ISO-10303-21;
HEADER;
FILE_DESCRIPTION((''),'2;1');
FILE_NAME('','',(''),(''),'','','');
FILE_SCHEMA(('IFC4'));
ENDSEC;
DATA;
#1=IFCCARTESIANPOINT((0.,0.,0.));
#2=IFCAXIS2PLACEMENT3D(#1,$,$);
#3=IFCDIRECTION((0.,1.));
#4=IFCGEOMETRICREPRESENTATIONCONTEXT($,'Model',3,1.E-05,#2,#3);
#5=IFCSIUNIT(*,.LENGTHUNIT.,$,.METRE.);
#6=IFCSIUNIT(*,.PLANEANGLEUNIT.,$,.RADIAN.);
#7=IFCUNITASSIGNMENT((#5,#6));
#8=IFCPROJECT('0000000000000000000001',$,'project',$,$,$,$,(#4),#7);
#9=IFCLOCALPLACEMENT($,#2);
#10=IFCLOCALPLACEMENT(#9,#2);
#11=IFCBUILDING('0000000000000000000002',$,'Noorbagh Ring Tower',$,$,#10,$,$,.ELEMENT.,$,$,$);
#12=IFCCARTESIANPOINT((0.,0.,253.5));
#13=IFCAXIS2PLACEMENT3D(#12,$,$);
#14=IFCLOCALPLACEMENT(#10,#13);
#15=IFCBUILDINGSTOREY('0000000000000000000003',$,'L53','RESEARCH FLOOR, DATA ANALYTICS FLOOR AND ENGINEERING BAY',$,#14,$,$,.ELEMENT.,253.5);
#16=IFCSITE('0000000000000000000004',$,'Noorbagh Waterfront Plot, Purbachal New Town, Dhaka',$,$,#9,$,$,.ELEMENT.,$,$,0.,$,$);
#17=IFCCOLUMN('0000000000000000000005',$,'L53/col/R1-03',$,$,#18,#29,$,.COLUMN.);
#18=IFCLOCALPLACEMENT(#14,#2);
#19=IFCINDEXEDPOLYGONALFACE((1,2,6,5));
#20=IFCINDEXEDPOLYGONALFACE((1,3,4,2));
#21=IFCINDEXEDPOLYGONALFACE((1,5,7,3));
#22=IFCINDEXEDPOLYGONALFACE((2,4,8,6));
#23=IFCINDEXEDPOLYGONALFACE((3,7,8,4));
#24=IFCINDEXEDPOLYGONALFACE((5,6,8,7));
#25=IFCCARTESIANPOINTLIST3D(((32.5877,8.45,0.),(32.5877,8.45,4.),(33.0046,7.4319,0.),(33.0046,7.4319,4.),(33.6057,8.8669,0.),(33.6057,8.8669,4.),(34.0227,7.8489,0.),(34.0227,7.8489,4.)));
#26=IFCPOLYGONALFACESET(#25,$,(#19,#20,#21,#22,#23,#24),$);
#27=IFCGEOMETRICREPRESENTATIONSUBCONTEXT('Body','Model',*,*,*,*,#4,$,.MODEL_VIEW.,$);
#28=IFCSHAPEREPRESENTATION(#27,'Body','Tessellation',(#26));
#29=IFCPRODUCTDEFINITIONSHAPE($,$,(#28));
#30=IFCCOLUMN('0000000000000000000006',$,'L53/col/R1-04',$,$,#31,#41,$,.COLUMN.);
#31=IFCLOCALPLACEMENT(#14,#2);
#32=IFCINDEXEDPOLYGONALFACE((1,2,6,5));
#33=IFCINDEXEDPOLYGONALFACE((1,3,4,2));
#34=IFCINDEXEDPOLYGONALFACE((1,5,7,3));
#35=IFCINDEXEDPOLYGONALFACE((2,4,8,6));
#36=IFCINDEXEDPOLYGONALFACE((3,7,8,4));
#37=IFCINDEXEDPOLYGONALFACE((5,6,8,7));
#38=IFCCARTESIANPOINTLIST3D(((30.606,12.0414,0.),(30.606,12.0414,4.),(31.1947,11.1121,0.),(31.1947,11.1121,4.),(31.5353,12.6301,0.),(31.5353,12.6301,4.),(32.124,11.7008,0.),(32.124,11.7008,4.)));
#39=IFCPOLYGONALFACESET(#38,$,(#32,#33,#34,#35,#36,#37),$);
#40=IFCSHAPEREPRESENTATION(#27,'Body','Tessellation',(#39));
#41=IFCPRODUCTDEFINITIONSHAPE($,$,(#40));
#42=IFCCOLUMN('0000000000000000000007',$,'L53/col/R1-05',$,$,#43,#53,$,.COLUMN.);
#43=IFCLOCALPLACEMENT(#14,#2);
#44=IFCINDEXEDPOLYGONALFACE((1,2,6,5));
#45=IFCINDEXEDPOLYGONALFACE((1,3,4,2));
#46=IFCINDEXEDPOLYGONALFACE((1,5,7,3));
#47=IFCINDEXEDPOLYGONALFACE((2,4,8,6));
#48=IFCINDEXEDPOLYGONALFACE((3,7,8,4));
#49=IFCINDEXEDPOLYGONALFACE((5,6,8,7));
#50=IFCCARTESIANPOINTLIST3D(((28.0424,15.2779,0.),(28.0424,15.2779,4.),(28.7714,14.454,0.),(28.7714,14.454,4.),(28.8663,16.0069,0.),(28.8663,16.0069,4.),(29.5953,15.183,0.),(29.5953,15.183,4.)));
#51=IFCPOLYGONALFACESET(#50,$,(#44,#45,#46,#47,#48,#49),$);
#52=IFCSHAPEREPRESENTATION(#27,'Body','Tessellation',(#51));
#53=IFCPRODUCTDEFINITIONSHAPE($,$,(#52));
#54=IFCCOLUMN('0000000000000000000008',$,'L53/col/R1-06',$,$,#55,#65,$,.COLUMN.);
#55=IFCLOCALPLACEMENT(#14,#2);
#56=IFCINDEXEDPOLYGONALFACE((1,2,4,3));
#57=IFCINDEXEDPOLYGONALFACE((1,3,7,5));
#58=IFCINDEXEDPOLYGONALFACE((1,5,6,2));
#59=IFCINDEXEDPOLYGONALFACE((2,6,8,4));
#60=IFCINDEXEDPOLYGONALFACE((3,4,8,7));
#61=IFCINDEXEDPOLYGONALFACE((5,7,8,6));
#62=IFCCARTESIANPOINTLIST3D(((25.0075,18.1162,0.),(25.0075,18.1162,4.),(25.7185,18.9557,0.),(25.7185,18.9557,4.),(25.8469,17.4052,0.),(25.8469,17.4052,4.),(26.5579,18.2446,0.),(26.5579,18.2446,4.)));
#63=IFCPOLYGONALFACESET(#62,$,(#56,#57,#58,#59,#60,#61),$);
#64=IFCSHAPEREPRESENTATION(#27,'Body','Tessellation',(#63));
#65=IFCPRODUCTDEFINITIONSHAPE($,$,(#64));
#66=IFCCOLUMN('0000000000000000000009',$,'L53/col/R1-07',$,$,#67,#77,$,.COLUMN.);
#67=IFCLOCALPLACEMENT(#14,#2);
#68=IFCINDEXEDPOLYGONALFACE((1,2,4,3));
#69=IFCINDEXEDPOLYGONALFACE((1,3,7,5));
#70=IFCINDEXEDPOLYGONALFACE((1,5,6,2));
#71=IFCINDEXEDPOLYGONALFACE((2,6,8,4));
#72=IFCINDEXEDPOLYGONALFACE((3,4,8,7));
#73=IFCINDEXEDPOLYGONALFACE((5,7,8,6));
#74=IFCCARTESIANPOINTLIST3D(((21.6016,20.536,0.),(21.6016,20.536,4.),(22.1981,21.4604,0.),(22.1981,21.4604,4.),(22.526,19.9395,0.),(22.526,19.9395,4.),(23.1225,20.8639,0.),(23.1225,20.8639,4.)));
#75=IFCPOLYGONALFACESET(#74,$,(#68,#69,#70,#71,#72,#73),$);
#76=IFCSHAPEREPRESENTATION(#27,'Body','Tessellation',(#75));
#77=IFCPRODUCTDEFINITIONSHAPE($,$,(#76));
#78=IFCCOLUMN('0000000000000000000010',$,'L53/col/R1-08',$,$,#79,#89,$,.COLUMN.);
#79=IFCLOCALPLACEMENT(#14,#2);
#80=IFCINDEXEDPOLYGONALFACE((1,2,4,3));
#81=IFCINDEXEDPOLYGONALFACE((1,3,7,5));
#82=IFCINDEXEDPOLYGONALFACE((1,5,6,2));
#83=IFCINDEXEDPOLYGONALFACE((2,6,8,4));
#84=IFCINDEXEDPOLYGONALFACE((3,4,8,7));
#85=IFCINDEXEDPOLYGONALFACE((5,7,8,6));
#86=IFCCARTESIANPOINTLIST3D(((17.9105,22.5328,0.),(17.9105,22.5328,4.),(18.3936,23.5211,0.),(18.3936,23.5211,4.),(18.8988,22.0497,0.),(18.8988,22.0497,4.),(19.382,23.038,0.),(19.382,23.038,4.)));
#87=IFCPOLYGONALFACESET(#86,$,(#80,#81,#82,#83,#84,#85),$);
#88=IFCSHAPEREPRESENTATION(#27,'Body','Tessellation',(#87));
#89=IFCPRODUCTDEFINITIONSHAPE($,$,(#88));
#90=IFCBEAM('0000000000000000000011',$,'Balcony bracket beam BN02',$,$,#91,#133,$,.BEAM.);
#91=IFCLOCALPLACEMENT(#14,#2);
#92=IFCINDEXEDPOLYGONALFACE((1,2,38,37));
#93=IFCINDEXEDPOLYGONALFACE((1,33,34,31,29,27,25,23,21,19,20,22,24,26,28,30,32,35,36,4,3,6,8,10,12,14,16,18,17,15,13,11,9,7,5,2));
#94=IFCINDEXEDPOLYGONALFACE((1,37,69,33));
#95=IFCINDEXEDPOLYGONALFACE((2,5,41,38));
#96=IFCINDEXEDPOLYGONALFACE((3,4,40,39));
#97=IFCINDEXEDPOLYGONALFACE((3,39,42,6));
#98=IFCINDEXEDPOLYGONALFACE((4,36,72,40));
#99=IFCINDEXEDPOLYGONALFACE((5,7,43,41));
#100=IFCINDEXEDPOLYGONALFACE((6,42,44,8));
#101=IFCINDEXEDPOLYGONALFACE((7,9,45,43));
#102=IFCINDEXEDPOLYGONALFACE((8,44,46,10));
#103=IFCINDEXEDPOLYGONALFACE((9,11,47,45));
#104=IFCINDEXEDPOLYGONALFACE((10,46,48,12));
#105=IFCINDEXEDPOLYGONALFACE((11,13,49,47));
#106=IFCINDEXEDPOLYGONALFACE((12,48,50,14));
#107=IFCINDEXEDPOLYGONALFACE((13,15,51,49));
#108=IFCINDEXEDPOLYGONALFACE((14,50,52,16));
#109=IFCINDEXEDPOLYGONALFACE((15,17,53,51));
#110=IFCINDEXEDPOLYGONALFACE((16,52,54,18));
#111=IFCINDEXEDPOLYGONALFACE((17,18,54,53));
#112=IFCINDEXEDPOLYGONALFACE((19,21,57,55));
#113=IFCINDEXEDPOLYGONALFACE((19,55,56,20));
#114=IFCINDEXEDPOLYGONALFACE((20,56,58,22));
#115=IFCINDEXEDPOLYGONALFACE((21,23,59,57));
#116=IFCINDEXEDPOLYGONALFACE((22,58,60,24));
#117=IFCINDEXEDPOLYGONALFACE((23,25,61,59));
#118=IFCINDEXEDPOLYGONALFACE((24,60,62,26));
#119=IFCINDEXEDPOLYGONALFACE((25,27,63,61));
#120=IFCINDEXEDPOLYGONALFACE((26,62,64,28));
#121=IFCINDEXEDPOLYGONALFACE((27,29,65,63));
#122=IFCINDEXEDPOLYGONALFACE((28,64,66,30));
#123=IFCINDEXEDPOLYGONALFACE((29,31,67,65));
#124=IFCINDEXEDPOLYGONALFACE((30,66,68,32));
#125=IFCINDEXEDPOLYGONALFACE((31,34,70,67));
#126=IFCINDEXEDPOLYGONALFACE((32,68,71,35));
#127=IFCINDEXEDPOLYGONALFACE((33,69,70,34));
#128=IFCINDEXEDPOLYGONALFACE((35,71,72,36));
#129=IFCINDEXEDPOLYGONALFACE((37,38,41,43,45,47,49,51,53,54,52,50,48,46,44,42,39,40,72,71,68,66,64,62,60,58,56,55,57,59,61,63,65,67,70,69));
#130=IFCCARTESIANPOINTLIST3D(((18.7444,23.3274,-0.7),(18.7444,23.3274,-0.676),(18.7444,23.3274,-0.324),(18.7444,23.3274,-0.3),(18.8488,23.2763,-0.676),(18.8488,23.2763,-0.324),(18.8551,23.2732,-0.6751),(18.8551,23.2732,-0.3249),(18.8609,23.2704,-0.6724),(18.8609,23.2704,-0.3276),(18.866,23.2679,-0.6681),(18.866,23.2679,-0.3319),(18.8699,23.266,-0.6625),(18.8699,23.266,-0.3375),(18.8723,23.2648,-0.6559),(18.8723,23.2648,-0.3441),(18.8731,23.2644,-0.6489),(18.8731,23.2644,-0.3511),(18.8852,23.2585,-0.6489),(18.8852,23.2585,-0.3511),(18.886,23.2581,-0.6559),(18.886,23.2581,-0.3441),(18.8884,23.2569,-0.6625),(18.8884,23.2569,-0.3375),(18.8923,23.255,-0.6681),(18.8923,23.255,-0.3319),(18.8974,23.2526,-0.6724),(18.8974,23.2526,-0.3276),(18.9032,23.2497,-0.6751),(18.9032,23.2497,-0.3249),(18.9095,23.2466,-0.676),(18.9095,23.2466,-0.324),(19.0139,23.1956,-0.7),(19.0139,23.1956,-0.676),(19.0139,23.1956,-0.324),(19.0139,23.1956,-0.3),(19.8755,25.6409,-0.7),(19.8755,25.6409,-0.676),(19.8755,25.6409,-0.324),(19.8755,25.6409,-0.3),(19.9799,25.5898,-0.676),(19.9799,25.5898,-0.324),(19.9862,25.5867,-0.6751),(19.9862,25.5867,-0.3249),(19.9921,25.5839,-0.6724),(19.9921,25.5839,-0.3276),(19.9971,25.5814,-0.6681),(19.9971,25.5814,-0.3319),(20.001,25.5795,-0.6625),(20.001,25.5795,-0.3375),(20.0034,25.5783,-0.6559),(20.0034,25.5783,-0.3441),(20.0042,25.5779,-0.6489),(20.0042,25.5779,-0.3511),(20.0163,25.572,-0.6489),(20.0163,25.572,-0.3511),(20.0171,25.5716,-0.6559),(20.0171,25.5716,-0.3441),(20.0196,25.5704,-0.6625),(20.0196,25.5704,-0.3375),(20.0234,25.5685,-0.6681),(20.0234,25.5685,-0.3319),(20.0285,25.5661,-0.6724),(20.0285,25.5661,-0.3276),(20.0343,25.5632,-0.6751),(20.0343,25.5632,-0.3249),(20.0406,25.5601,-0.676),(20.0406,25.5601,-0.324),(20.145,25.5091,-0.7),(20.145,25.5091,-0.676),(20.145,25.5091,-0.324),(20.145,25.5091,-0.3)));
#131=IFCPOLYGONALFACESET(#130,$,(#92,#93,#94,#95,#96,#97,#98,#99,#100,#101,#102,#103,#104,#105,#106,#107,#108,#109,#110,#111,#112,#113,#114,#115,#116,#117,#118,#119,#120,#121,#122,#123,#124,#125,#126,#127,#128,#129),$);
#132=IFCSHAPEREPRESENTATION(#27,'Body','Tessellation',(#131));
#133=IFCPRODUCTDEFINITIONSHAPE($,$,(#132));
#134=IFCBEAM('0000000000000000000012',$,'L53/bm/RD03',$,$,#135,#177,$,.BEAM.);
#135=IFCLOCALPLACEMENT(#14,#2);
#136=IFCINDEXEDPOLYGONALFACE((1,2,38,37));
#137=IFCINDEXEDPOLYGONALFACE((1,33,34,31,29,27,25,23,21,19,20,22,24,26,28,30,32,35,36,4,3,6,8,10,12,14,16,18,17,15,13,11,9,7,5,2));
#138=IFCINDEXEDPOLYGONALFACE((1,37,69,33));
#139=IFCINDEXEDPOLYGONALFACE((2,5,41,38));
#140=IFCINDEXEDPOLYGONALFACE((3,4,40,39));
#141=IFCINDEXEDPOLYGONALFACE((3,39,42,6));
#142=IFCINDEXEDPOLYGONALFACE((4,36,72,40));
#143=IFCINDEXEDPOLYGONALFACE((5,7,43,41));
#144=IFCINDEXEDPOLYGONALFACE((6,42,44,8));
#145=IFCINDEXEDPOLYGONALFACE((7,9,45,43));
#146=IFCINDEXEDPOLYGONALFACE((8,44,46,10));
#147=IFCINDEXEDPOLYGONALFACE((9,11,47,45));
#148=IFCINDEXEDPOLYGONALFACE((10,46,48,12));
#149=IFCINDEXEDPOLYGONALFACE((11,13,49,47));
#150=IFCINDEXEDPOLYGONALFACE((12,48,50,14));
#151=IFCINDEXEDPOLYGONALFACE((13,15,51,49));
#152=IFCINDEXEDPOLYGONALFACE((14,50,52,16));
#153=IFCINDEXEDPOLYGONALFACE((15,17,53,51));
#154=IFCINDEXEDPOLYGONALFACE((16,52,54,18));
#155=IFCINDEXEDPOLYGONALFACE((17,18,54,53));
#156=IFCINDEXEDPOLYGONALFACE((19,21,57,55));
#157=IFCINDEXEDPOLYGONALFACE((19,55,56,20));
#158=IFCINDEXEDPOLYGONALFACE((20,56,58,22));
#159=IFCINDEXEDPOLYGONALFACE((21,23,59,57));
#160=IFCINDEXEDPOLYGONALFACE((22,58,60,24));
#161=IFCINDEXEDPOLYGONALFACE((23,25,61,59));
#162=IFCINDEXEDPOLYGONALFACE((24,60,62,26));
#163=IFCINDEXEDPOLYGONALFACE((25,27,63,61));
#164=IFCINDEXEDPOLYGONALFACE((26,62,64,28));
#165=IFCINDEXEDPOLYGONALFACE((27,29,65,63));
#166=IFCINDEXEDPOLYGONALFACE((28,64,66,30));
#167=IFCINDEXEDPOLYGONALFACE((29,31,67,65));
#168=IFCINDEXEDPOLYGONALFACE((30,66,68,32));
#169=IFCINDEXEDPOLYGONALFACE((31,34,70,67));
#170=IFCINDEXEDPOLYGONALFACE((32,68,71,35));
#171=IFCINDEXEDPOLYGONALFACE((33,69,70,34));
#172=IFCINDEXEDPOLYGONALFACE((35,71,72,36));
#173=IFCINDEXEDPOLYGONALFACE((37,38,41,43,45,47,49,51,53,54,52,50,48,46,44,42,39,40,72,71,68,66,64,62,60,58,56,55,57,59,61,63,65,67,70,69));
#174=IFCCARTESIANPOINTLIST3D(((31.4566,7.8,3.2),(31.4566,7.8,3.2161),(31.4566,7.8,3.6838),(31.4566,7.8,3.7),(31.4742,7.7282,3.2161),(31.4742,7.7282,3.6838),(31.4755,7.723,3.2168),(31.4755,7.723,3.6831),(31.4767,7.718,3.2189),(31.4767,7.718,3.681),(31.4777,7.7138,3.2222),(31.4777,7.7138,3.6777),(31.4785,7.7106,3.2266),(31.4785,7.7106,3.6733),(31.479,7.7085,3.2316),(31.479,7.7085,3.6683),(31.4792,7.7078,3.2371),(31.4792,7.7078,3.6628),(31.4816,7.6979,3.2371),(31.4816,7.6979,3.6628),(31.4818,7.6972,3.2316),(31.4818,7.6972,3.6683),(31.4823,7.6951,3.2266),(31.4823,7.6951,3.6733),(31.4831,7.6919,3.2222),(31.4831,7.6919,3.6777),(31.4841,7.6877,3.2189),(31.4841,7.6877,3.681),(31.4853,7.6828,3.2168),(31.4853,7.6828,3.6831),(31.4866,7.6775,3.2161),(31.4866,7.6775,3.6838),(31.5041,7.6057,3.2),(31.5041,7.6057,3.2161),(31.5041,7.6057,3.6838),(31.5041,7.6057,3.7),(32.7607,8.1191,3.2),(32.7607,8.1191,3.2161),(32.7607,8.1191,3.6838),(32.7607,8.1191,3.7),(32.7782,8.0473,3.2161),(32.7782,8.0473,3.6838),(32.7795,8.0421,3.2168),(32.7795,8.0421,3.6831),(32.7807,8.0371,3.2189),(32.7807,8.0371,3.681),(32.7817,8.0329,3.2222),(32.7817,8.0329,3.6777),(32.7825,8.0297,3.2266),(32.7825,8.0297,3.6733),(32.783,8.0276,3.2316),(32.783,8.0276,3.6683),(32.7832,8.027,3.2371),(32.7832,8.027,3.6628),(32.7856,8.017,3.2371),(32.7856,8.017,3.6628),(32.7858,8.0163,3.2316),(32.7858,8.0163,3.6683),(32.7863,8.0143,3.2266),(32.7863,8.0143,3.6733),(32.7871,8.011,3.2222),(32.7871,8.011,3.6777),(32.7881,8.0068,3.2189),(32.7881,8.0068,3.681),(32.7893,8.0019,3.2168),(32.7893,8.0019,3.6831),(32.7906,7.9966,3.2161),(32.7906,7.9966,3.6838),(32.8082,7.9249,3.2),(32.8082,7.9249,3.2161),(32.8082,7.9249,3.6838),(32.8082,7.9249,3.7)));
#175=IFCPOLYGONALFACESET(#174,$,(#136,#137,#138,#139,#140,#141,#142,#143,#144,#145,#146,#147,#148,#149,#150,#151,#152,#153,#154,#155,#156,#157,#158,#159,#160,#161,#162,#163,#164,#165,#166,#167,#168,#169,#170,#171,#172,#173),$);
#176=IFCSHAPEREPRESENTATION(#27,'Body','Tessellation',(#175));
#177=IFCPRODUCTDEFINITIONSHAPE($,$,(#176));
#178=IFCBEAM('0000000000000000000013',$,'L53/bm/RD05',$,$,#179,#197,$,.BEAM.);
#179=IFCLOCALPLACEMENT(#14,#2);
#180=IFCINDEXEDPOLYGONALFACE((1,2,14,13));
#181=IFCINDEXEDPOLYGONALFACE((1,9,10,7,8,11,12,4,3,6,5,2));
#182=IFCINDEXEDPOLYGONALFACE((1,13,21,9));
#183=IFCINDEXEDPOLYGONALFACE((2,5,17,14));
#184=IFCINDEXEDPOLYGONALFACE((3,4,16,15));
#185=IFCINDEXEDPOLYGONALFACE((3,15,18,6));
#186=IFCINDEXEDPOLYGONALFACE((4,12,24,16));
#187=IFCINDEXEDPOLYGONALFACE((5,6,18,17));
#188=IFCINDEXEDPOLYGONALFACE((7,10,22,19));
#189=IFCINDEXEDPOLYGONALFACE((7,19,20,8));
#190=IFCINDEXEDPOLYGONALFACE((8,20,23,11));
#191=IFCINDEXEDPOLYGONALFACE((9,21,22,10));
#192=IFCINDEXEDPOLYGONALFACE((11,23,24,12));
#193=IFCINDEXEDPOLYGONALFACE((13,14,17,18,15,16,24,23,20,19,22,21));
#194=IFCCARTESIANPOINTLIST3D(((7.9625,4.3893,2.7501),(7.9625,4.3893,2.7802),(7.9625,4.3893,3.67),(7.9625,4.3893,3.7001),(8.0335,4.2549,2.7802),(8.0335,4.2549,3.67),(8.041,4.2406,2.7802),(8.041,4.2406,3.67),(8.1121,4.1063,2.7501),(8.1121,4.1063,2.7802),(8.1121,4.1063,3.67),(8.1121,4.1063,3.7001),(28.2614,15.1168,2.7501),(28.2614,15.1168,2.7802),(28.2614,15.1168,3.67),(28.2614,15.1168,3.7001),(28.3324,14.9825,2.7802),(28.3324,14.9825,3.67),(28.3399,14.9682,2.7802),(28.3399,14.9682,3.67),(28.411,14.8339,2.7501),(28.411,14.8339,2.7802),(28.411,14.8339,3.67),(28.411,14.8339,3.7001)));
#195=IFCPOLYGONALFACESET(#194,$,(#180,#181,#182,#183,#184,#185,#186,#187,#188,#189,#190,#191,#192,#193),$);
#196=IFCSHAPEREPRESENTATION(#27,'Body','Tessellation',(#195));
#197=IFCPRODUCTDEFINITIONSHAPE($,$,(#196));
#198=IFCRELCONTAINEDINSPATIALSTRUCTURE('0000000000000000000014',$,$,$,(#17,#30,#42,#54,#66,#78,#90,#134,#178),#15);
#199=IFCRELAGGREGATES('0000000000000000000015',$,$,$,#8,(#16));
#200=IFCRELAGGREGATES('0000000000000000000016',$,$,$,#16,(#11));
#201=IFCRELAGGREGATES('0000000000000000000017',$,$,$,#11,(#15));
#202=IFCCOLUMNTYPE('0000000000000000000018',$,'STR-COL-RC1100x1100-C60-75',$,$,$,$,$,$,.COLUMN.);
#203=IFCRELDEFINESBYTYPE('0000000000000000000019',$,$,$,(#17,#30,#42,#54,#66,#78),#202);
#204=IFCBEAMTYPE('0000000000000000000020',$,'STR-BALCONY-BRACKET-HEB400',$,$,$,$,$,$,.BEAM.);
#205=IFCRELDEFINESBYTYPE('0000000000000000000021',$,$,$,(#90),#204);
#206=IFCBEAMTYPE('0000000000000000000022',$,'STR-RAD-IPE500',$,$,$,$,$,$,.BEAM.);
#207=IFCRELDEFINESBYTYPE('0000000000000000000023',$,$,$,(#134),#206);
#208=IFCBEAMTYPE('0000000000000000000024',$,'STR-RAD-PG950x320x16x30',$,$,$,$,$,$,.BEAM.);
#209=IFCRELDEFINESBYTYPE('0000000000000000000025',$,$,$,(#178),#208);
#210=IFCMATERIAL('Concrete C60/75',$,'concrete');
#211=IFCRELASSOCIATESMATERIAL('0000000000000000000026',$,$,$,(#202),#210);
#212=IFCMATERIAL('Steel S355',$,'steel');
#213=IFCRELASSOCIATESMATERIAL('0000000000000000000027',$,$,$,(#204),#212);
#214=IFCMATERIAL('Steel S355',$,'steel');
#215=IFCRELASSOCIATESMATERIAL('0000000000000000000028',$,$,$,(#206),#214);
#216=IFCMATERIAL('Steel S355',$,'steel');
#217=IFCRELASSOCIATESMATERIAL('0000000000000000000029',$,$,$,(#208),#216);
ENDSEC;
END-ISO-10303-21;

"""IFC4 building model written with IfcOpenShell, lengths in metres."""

from ifc_helpers import new_model, si_unit, direction, frame, origin, origin_2d, place, context, subcontext, project, spatial, rectangle, i_section, extrude, material, material_profile, profile_set, type_object, element, save


model = new_model("IFC4")

# Units and contexts
model_context = context("Model", 3, precision=1e-05, world=origin(), true_north=direction((0.0, 1.0)))
body_context = subcontext(model_context, "Body", "Model", "MODEL_VIEW")
ifc_project = project(units=[si_unit("LENGTHUNIT", "METRE"), si_unit("PLANEANGLEUNIT", "RADIAN")], contexts=[model_context])

# Site, building, storey
site_placement = place(None, origin())
site = spatial("IfcSite", under=ifc_project, at=site_placement, Name="Noorbagh Waterfront Plot, Purbachal New Town, Dhaka", CompositionType="ELEMENT", RefElevation=0.0)
building_placement = place(site_placement, origin())
building = spatial("IfcBuilding", under=site, at=building_placement, Name="Noorbagh Ring Tower", CompositionType="ELEMENT")
storey_placement = place(building_placement, frame((0.0, 0.0, 253.5)))
storey = spatial("IfcBuildingStorey", under=building, at=storey_placement, Name="L53", Description="RESEARCH FLOOR, DATA ANALYTICS FLOOR AND ENGINEERING BAY", CompositionType="ELEMENT", Elevation=253.5)

# Columns
ifc_material_1 = material(Name="Concrete C60/75", Category="concrete")
ifc_material_profile_1 = material_profile(ifc_material_1, rectangle(XDim=1.1001, YDim=1.1001, at=origin_2d()), Name="RC1100x1100")
ifc_profile_set_1 = profile_set([ifc_material_profile_1], Name="Concrete C60/75")
column_type = type_object("IfcColumnType", Name="STR-COL-RC1100x1100-C60-75", PredefinedType="COLUMN", material=ifc_profile_set_1)
for number, where, z_axis, x_axis, name in (
    (1, (33.3052, 8.1494, 0.0), (0.0, 0.0, 1.0), (-0.378989, 0.925401, 0.0), "L53/col/R1-03"),
    (2, (31.365, 11.8711, 0.0), (0.0, 0.0, 1.0), (-0.53519, 0.844731, 0.0), "L53/col/R1-04"),
    (3, (28.8188, 15.2305, 0.0), (0.0, 0.0, 1.0), (-0.662636, 0.748942, 0.0), "L53/col/R1-05"),
    (4, (25.7827, 18.1804, 0.0), (0.0, 0.0, 1.0), (-0.763035, 0.646357, 0.0), "L53/col/R1-06"),
    (5, (22.3621, 20.7, 0.0), (0.0, 0.0, 1.0), (-0.840248, 0.542203, 0.0), "L53/col/R1-07"),
    (6, (18.6462, 22.7854, 0.0), (0.0, 0.0, 1.0), (-0.898399, 0.43918, 0.0), "L53/col/R1-08"),
):
    element("IfcColumn", number, at=place(storey_placement, frame(where, z_axis=z_axis, x_axis=x_axis)), inside=storey, type_object=column_type, Name=name, PredefinedType="COLUMN", context=body_context, shape_type="SweptSolid", body=[
        extrude(rectangle(XDim=1.1001, YDim=1.1001, at=origin_2d()), origin(), (0.0, 0.0, 1.0), 4.0),
    ])

# Beams
ifc_material_2 = material(Name="Steel S355", Category="steel")
ifc_material_profile_2 = material_profile(ifc_material_2, i_section(OverallWidth=0.3, OverallDepth=0.3999, WebThickness=0.0134, FlangeThickness=0.0239, FilletRadius=0.0271, at=origin_2d()), Name="HEB400")
ifc_profile_set_2 = profile_set([ifc_material_profile_2], Name="Steel S355")
beam_type_1 = type_object("IfcBeamType", Name="STR-BALCONY-BRACKET-HEB400", PredefinedType="BEAM", material=ifc_profile_set_2)
beam_1_placement = place(storey_placement, frame((18.8792, 23.2615, -0.5), z_axis=(0.439232, 0.898374, 0.0), x_axis=(-0.898374, 0.439232, 0.0)))
element("IfcBeam", 7, at=beam_1_placement, inside=storey, type_object=beam_type_1, Name="Balcony bracket beam BN02", PredefinedType="BEAM", context=body_context, shape_type="SweptSolid", body=[
    extrude(i_section(OverallWidth=0.3, OverallDepth=0.3999, WebThickness=0.0134, FlangeThickness=0.0239, FilletRadius=0.0271, at=origin_2d()), origin(), (0.0, 0.0, 1.0), 2.5752),
])
ifc_material_3 = material(Name="Steel S355", Category="steel")
ifc_material_profile_3 = material_profile(ifc_material_3, i_section(OverallWidth=0.2, OverallDepth=0.5, WebThickness=0.0103, FlangeThickness=0.0161, FilletRadius=0.021, at=origin_2d()), Name="IPE500")
ifc_profile_set_3 = profile_set([ifc_material_profile_3], Name="Steel S355")
beam_type_2 = type_object("IfcBeamType", Name="STR-RAD-IPE500", PredefinedType="BEAM", material=ifc_profile_set_3)
beam_2_placement = place(storey_placement, frame((32.7844, 8.022, 3.45), z_axis=(-0.971339, -0.237697, 0.0), x_axis=(0.237697, -0.971339, 0.0)))
element("IfcBeam", 8, at=beam_2_placement, inside=storey, type_object=beam_type_2, Name="L53/bm/RD03", PredefinedType="BEAM", context=body_context, shape_type="SweptSolid", body=[
    extrude(i_section(OverallWidth=0.2, OverallDepth=0.5, WebThickness=0.0103, FlangeThickness=0.0161, FilletRadius=0.021, at=origin_2d()), origin(), (0.0, 0.0, 1.0), 1.3425),
])
ifc_material_4 = material(Name="Steel S355", Category="steel")
ifc_material_profile_4 = material_profile(ifc_material_4, i_section(OverallWidth=0.3201, OverallDepth=0.95, WebThickness=0.0161, FlangeThickness=0.03, at=origin_2d()), Name="PG950x320x16x30")
ifc_profile_set_4 = profile_set([ifc_material_profile_4], Name="Steel S355")
beam_type_3 = type_object("IfcBeamType", Name="STR-RAD-PG950x320x16x30", PredefinedType="BEAM", material=ifc_profile_set_4)
beam_3_placement = place(storey_placement, frame((28.3362, 14.9753, 3.2251), z_axis=(-0.884128, -0.467245, 0.0), x_axis=(0.467245, -0.884128, 0.0)))
element("IfcBeam", 9, at=beam_3_placement, inside=storey, type_object=beam_type_3, Name="L53/bm/RD05", PredefinedType="BEAM", context=body_context, shape_type="SweptSolid", body=[
    extrude(i_section(OverallWidth=0.3201, OverallDepth=0.95, WebThickness=0.0161, FlangeThickness=0.03, at=origin_2d()), origin(), (0.0, 0.0, 1.0), 22.9592),
])

save(model, "model.ifc")
